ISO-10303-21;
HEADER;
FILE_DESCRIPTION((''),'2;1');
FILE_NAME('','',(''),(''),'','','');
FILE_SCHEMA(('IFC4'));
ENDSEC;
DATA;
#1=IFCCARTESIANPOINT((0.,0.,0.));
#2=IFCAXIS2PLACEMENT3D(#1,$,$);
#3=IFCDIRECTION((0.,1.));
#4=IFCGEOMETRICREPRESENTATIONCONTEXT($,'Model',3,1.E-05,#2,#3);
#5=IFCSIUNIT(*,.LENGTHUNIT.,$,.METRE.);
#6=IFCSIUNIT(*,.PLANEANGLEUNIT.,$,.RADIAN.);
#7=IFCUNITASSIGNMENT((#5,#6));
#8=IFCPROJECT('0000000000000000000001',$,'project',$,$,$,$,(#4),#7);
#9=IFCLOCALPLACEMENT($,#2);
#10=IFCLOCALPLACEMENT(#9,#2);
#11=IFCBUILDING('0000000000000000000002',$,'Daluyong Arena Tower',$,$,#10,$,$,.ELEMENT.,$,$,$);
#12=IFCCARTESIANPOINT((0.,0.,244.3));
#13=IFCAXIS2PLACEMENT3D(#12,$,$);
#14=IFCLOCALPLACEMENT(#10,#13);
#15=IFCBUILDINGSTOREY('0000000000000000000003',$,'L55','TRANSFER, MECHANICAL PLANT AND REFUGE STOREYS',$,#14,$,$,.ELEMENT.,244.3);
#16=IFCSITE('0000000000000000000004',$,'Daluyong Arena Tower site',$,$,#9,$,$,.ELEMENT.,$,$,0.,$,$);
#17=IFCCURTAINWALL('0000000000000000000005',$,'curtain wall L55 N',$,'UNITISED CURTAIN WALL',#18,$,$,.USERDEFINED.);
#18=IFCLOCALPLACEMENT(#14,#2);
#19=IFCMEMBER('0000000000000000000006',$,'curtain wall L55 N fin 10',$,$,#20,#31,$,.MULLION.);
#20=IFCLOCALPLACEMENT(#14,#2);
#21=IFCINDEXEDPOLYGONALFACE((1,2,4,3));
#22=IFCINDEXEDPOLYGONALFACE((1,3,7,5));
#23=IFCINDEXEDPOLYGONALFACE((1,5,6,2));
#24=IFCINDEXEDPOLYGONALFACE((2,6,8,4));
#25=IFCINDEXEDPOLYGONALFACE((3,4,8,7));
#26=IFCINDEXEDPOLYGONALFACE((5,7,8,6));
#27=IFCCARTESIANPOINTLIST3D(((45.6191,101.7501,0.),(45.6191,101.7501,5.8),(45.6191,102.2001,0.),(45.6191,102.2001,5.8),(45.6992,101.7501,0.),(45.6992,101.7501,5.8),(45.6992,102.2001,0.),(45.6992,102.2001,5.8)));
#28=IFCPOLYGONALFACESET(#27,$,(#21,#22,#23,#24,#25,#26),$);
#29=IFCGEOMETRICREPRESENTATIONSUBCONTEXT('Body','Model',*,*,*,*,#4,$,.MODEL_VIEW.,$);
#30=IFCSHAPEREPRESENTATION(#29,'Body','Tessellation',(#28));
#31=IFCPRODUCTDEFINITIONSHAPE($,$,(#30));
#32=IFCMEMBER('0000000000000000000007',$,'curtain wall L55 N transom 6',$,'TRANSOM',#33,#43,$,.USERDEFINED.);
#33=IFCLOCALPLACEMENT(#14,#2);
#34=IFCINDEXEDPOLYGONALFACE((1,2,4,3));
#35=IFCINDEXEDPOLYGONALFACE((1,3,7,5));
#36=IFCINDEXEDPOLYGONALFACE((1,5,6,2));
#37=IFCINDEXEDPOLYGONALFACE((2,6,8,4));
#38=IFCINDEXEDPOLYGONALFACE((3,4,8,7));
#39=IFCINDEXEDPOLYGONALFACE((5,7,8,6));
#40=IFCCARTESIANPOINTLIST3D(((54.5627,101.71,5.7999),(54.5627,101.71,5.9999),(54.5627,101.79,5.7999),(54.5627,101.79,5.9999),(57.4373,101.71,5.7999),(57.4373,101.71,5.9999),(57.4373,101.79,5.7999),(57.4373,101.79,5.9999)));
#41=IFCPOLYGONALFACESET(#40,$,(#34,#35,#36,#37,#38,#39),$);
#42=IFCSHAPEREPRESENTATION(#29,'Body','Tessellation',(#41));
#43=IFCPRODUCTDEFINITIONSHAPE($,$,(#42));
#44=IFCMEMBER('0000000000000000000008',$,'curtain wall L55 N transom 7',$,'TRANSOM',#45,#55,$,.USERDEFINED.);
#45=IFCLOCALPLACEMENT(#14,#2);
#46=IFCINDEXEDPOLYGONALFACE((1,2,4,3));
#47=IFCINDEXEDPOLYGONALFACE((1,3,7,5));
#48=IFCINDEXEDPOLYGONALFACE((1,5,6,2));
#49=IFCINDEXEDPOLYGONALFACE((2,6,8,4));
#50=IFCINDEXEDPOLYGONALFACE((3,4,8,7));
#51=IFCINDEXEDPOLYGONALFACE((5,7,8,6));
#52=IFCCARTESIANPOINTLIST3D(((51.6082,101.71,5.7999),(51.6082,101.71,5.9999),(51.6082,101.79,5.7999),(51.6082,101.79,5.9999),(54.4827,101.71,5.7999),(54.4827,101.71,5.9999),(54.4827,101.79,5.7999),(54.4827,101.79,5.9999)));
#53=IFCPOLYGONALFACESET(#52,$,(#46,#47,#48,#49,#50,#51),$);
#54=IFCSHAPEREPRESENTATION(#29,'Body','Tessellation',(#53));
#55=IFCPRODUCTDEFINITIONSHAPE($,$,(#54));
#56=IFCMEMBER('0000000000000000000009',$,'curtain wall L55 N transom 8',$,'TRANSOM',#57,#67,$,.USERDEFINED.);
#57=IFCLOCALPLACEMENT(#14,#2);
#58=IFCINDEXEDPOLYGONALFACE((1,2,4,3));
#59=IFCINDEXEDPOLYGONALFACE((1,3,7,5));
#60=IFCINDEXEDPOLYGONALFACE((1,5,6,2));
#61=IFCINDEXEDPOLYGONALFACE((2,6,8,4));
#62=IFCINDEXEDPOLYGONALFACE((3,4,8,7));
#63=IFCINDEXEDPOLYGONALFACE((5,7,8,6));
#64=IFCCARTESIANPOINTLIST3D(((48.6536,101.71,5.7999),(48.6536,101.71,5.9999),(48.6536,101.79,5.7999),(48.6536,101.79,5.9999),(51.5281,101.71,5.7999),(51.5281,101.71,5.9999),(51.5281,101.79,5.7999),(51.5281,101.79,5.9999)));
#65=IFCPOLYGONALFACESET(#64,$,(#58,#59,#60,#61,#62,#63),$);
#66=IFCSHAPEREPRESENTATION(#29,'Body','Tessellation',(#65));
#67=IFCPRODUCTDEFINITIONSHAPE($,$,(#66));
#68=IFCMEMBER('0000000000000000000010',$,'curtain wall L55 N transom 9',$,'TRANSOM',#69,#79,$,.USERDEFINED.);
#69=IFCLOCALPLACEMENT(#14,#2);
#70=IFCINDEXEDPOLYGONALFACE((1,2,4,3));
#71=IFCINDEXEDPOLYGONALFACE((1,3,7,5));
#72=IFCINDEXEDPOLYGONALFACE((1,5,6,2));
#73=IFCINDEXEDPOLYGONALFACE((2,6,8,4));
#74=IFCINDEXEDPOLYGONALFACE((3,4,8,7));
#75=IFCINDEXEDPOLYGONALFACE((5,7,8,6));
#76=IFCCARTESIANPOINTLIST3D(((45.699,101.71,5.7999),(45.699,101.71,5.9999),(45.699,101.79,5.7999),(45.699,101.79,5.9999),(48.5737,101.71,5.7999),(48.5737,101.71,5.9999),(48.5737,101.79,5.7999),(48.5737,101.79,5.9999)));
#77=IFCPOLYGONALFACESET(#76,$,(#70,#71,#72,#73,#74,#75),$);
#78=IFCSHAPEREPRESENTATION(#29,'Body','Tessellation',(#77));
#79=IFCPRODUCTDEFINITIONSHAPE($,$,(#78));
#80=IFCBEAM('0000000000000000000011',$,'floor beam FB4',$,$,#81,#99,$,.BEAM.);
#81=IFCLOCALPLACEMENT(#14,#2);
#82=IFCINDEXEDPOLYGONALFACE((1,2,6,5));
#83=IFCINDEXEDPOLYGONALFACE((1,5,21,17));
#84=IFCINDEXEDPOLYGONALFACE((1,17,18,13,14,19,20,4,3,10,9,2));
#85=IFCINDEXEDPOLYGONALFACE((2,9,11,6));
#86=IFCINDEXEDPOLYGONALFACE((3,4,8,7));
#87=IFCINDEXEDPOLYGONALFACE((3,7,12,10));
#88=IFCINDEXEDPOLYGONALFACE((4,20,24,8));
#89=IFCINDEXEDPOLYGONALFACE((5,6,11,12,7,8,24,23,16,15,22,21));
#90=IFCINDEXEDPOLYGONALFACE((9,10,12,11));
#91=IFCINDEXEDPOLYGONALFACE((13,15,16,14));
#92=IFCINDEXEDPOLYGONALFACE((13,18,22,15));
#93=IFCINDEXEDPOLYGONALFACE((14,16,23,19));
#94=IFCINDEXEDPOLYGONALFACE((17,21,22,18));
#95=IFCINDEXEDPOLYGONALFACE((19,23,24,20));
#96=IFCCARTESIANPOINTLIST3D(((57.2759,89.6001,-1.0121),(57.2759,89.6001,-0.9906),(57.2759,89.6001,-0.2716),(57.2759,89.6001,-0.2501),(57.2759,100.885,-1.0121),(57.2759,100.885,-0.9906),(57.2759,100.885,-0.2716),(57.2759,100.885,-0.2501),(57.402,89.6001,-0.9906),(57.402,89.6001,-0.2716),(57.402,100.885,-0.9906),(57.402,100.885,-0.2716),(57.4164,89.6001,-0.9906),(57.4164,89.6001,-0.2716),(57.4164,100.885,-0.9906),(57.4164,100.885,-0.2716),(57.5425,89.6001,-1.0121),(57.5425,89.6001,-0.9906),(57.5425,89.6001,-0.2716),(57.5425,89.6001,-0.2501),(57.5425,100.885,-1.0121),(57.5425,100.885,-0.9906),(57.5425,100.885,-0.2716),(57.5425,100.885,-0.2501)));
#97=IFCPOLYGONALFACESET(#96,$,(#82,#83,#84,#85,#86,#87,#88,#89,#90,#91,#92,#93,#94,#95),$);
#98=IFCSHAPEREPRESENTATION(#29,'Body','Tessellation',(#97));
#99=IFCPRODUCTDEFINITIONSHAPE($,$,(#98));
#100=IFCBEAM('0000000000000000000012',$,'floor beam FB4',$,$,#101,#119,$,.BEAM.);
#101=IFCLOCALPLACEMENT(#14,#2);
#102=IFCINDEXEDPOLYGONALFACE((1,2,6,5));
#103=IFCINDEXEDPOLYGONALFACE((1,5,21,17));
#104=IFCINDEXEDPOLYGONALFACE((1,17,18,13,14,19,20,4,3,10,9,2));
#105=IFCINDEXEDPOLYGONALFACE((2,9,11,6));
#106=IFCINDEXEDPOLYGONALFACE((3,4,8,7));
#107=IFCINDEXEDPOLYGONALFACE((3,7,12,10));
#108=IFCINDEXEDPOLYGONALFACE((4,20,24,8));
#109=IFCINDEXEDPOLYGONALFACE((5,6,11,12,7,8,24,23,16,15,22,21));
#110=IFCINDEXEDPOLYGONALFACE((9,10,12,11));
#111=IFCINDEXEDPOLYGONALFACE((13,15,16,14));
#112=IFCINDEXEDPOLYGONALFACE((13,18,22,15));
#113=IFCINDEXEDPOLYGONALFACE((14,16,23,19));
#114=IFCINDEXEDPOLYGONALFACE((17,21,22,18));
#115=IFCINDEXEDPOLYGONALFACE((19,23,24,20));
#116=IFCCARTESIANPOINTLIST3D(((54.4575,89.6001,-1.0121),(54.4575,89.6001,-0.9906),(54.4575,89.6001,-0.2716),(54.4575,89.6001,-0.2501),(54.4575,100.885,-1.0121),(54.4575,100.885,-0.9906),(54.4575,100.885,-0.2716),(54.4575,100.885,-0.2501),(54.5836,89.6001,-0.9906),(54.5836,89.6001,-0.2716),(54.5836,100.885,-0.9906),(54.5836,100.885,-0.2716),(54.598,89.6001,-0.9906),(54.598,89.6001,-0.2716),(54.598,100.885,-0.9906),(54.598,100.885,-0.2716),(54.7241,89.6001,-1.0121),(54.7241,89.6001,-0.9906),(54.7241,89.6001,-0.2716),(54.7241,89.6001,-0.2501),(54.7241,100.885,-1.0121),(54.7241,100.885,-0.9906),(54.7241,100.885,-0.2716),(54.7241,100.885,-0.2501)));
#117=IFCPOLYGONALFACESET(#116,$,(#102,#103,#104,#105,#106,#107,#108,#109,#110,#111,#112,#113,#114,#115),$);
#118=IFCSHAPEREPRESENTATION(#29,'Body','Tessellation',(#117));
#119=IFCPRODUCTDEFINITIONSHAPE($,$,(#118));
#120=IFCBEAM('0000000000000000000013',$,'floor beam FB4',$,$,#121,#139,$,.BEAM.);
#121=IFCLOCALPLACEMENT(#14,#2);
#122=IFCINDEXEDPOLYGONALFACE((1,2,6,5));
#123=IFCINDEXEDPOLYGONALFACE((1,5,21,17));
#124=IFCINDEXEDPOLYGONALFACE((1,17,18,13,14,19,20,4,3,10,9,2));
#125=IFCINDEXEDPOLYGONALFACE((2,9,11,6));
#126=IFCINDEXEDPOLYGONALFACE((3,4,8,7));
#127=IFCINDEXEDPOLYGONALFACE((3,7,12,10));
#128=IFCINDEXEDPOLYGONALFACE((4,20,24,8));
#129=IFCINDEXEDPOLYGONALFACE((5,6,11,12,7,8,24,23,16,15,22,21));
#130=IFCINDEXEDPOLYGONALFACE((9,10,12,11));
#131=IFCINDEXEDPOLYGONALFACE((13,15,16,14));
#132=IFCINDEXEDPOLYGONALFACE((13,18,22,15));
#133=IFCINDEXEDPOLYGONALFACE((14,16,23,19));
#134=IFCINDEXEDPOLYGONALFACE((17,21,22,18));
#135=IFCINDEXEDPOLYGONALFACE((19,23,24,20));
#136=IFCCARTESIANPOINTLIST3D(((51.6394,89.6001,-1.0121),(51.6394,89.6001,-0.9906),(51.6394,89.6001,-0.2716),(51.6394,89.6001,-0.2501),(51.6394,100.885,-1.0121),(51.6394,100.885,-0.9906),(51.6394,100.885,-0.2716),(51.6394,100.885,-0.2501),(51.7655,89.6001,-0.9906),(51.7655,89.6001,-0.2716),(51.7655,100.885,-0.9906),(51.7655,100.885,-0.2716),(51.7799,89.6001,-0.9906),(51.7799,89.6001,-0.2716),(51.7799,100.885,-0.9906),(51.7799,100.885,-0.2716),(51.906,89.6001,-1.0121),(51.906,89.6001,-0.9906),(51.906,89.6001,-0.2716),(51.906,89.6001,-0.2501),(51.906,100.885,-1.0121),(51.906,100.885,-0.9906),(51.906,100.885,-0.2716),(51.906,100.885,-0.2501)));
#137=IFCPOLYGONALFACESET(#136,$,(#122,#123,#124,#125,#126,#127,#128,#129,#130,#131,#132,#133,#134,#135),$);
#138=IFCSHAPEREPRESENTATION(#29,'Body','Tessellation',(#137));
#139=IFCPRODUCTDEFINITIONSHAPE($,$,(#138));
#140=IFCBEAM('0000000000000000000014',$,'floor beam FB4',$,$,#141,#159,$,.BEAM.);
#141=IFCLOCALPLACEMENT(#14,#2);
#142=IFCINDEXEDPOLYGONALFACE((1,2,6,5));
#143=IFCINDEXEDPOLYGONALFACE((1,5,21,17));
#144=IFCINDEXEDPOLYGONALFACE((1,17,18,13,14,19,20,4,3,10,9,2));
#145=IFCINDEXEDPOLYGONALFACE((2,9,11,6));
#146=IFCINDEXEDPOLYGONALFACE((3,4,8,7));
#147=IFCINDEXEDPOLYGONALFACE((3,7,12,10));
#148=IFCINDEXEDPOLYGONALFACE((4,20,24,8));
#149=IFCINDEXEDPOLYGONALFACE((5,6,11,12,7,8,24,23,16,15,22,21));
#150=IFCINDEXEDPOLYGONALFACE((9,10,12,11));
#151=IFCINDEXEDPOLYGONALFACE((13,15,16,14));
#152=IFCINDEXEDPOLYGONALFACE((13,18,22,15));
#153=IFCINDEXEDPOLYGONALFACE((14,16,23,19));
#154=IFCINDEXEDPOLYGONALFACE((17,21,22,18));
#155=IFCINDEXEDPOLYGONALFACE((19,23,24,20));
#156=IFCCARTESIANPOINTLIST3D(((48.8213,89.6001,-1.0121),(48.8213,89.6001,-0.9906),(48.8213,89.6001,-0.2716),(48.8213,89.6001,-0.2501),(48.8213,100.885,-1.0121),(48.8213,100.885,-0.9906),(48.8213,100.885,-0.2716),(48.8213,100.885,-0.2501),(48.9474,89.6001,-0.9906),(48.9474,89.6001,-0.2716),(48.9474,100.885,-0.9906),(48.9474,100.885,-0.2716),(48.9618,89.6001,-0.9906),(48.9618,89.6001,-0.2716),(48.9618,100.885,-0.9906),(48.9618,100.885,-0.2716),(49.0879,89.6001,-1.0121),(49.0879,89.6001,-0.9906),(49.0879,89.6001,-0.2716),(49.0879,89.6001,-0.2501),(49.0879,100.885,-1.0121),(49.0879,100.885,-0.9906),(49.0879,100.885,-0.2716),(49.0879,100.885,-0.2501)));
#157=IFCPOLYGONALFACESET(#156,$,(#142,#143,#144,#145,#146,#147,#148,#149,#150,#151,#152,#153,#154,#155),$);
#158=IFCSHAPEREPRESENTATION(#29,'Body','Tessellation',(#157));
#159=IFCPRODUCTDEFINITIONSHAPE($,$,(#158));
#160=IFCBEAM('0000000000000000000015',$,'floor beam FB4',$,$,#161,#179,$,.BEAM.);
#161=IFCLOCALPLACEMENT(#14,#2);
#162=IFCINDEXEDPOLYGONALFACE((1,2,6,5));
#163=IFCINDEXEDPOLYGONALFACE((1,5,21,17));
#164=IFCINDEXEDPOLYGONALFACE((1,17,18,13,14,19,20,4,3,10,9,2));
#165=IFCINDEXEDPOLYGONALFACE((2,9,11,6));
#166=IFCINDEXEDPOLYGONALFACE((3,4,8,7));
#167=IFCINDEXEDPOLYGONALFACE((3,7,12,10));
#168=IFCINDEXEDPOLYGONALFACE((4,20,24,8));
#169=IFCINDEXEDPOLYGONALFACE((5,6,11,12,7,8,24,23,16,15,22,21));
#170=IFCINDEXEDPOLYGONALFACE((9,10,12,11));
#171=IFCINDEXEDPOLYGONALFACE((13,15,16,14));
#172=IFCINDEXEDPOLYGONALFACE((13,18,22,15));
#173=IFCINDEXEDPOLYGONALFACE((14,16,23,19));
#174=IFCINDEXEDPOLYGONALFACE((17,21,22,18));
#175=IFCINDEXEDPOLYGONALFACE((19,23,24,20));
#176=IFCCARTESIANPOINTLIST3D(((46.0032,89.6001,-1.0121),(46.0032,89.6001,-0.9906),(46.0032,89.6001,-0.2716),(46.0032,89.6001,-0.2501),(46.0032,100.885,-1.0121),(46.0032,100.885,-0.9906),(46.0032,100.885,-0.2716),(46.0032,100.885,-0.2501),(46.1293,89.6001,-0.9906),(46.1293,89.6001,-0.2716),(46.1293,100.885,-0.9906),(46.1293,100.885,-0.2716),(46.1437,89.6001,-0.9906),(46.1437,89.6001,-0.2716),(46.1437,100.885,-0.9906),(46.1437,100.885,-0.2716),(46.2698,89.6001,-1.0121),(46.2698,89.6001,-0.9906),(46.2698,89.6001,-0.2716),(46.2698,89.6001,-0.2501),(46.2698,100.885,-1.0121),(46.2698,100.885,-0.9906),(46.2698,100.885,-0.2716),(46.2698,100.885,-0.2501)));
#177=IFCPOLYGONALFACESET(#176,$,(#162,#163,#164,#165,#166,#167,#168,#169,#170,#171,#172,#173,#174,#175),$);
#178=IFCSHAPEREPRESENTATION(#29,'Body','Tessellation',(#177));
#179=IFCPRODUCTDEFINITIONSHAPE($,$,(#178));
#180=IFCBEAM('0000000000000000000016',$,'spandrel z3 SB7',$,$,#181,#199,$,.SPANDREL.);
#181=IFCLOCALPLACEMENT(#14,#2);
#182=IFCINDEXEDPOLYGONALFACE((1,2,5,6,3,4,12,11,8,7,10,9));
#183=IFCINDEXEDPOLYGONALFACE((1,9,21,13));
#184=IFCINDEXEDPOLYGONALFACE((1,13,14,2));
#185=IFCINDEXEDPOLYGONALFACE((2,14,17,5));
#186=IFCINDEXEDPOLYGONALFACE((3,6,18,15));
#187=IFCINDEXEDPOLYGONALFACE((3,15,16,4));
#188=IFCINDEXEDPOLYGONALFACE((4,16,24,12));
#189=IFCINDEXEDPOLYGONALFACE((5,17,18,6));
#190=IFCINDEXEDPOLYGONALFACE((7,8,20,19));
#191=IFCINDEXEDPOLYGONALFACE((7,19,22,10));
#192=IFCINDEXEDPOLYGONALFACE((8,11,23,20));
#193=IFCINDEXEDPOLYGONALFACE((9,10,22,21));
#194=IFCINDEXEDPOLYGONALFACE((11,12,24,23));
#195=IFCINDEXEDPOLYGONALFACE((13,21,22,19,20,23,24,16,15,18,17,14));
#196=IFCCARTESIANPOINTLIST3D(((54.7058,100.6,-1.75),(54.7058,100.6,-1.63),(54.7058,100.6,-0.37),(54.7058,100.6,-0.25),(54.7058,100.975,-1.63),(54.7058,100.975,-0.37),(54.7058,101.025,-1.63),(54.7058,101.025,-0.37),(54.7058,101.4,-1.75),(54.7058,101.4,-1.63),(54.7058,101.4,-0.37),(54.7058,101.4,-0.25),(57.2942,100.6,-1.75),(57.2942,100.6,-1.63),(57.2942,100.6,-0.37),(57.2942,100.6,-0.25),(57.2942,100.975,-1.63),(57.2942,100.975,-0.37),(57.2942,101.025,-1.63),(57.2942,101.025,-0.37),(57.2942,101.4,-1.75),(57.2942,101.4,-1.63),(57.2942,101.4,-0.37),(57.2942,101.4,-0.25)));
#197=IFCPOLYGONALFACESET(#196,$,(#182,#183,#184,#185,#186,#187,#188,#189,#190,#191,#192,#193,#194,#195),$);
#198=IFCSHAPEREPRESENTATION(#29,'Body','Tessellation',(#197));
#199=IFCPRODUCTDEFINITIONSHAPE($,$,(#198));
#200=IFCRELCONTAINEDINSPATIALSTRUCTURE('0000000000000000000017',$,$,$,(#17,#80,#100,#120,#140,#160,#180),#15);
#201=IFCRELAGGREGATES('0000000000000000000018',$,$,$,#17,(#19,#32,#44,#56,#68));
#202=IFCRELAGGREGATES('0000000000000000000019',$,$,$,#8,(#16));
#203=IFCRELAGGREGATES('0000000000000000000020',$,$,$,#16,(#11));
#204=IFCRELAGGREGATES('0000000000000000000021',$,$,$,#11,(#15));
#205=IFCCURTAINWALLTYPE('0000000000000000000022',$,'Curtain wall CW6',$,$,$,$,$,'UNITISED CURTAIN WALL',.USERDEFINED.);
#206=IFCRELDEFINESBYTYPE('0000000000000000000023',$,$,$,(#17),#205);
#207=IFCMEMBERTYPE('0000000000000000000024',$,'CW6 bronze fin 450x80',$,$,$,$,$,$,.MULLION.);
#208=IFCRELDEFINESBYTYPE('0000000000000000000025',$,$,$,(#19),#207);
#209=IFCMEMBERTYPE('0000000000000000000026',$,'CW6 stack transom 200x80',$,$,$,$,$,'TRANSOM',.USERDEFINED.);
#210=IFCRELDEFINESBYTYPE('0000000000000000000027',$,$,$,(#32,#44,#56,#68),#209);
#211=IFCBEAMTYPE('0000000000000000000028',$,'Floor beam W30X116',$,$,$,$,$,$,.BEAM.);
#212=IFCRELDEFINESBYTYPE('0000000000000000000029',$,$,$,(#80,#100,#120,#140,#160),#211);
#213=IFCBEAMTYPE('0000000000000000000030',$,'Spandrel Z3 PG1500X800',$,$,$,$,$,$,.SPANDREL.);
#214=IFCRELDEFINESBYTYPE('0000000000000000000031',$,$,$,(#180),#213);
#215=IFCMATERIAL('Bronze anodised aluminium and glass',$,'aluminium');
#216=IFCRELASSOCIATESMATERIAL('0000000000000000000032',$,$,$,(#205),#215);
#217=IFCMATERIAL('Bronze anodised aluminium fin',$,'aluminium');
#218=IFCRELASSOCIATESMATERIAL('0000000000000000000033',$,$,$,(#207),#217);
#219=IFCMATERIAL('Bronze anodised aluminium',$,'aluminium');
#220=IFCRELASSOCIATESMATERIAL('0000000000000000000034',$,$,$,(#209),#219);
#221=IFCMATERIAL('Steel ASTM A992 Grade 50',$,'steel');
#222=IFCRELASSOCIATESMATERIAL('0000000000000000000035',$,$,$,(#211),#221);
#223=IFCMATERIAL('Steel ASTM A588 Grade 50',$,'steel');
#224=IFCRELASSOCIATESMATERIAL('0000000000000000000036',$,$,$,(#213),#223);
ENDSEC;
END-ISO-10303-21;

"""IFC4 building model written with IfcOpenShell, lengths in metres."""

from ifc_helpers import new_model, si_unit, direction, frame, origin, origin_2d, place, context, subcontext, project, spatial, rectangle, i_section, extrude, material, material_profile, profile_set, type_object, element, aggregate, save


model = new_model("IFC4")

# Units and contexts
model_context = context("Model", 3, precision=1e-05, world=origin(), true_north=direction((0.0, 1.0)))
body_context = subcontext(model_context, "Body", "Model", "MODEL_VIEW")
ifc_project = project(units=[si_unit("LENGTHUNIT", "METRE"), si_unit("PLANEANGLEUNIT", "RADIAN")], contexts=[model_context])

# Site, building, storey
site_placement = place(None, origin())
site = spatial("IfcSite", under=ifc_project, at=site_placement, Name="Daluyong Arena Tower site", CompositionType="ELEMENT", RefElevation=0.0)
building_placement = place(site_placement, origin())
building = spatial("IfcBuilding", under=site, at=building_placement, Name="Daluyong Arena Tower", CompositionType="ELEMENT")
storey_placement = place(building_placement, frame((0.0, 0.0, 244.3)))
storey = spatial("IfcBuildingStorey", under=building, at=storey_placement, Name="L55", Description="TRANSFER, MECHANICAL PLANT AND REFUGE STOREYS", CompositionType="ELEMENT", Elevation=244.3)

# Curtain wall, members
ifc_material_1 = material(Name="Bronze anodised aluminium and glass", Category="aluminium")
curtain_wall_type = type_object("IfcCurtainWallType", Name="Curtain wall CW6", ElementType="UNITISED CURTAIN WALL", PredefinedType="USERDEFINED", material=ifc_material_1)
curtain_wall_placement = place(storey_placement, origin())
curtain_wall = element("IfcCurtainWall", 1, at=curtain_wall_placement, inside=storey, type_object=curtain_wall_type, Name="curtain wall L55 N", ObjectType="UNITISED CURTAIN WALL", PredefinedType="USERDEFINED")
ifc_material_2 = material(Name="Bronze anodised aluminium fin", Category="aluminium")
ifc_material_profile_1 = material_profile(ifc_material_2, rectangle(XDim=0.45, YDim=0.0801, at=origin_2d()))
ifc_profile_set_1 = profile_set([ifc_material_profile_1], Name="Bronze anodised aluminium fin")
member_type_1 = type_object("IfcMemberType", Name="CW6 bronze fin 450x80", PredefinedType="MULLION", material=ifc_profile_set_1)
member_1_placement = place(storey_placement, frame((45.6592, 101.9751, 0.0), z_axis=(0.0, 0.0, 1.0), x_axis=(0.0, -1.0, 0.0)))
member_1 = element("IfcMember", 2, at=member_1_placement, type_object=member_type_1, Name="curtain wall L55 N fin 10", PredefinedType="MULLION", context=body_context, shape_type="SweptSolid", body=[
    extrude(rectangle(XDim=0.45, YDim=0.0801, at=origin_2d()), origin(), (0.0, 0.0, 1.0), 5.8),
])
ifc_material_3 = material(Name="Bronze anodised aluminium", Category="aluminium")
ifc_material_profile_2 = material_profile(ifc_material_3, rectangle(XDim=0.0801, YDim=0.2, at=origin_2d()))
ifc_profile_set_2 = profile_set([ifc_material_profile_2], Name="Bronze anodised aluminium")
member_type_2 = type_object("IfcMemberType", Name="CW6 stack transom 200x80", ElementType="TRANSOM", PredefinedType="USERDEFINED", material=ifc_profile_set_2)
member_2_placement = place(storey_placement, frame((57.4373, 101.75, 5.8999), z_axis=(-1.0, 0.0, 0.0), x_axis=(0.0, -1.0, 0.0)))
member_2 = element("IfcMember", 3, at=member_2_placement, type_object=member_type_2, Name="curtain wall L55 N transom 6", ObjectType="TRANSOM", PredefinedType="USERDEFINED", context=body_context, shape_type="SweptSolid", body=[
    extrude(rectangle(XDim=0.0801, YDim=0.2, at=origin_2d()), origin(), (0.0, 0.0, 1.0), 2.8745),
])
member_3_placement = place(storey_placement, frame((54.4827, 101.75, 5.8999), z_axis=(-1.0, 0.0, 0.0), x_axis=(0.0, -1.0, 0.0)))
member_3 = element("IfcMember", 4, at=member_3_placement, type_object=member_type_2, Name="curtain wall L55 N transom 7", ObjectType="TRANSOM", PredefinedType="USERDEFINED", context=body_context, shape_type="SweptSolid", body=[
    extrude(rectangle(XDim=0.0801, YDim=0.2, at=origin_2d()), origin(), (0.0, 0.0, 1.0), 2.8745),
])
member_4_placement = place(storey_placement, frame((51.5281, 101.75, 5.8999), z_axis=(-1.0, 0.0, 0.0), x_axis=(0.0, -1.0, 0.0)))
member_4 = element("IfcMember", 5, at=member_4_placement, type_object=member_type_2, Name="curtain wall L55 N transom 8", ObjectType="TRANSOM", PredefinedType="USERDEFINED", context=body_context, shape_type="SweptSolid", body=[
    extrude(rectangle(XDim=0.0801, YDim=0.2, at=origin_2d()), origin(), (0.0, 0.0, 1.0), 2.8745),
])
member_5_placement = place(storey_placement, frame((48.5737, 101.75, 5.8999), z_axis=(-1.0, 0.0, 0.0), x_axis=(0.0, -1.0, 0.0)))
member_5 = element("IfcMember", 6, at=member_5_placement, type_object=member_type_2, Name="curtain wall L55 N transom 9", ObjectType="TRANSOM", PredefinedType="USERDEFINED", context=body_context, shape_type="SweptSolid", body=[
    extrude(rectangle(XDim=0.0801, YDim=0.2, at=origin_2d()), origin(), (0.0, 0.0, 1.0), 2.8748),
])

# Beams
ifc_material_4 = material(Name="Steel ASTM A992 Grade 50", Category="steel")
ifc_material_profile_3 = material_profile(ifc_material_4, i_section(OverallWidth=0.2666, OverallDepth=0.762, WebThickness=0.0144, FlangeThickness=0.0215, at=origin_2d()))
ifc_profile_set_3 = profile_set([ifc_material_profile_3], Name="Steel ASTM A992 Grade 50")
beam_type_1 = type_object("IfcBeamType", Name="Floor beam W30X116", PredefinedType="BEAM", material=ifc_profile_set_3)
for number, where, z_axis, x_axis, name in (
    (7, (57.4092, 100.885, -0.6311), (0.0, -1.0, 0.0), (1.0, 0.0, 0.0), "floor beam FB4"),
    (8, (54.5908, 100.885, -0.6311), (0.0, -1.0, 0.0), (1.0, 0.0, 0.0), "floor beam FB4"),
    (9, (51.7727, 100.885, -0.6311), (0.0, -1.0, 0.0), (1.0, 0.0, 0.0), "floor beam FB4"),
    (10, (48.9546, 100.885, -0.6311), (0.0, -1.0, 0.0), (1.0, 0.0, 0.0), "floor beam FB4"),
    (11, (46.1365, 100.885, -0.6311), (0.0, -1.0, 0.0), (1.0, 0.0, 0.0), "floor beam FB4"),
):
    element("IfcBeam", number, at=place(storey_placement, frame(where, z_axis=z_axis, x_axis=x_axis)), inside=storey, type_object=beam_type_1, Name=name, PredefinedType="BEAM", context=body_context, shape_type="SweptSolid", body=[
        extrude(i_section(OverallWidth=0.2666, OverallDepth=0.762, WebThickness=0.0144, FlangeThickness=0.0215, at=origin_2d()), origin(), (0.0, 0.0, 1.0), 11.2849),
    ])
ifc_material_5 = material(Name="Steel ASTM A588 Grade 50", Category="steel")
ifc_material_profile_4 = material_profile(ifc_material_5, i_section(OverallWidth=0.8, OverallDepth=1.5, WebThickness=0.05, FlangeThickness=0.12, at=origin_2d()))
ifc_profile_set_4 = profile_set([ifc_material_profile_4], Name="Steel ASTM A588 Grade 50")
beam_type_2 = type_object("IfcBeamType", Name="Spandrel Z3 PG1500X800", PredefinedType="SPANDREL", material=ifc_profile_set_4)
beam_1_placement = place(storey_placement, frame((57.2942, 101.0, -1.0), z_axis=(-1.0, 0.0, 0.0), x_axis=(0.0, -1.0, 0.0)))
element("IfcBeam", 12, at=beam_1_placement, inside=storey, type_object=beam_type_2, Name="spandrel z3 SB7", PredefinedType="SPANDREL", context=body_context, shape_type="SweptSolid", body=[
    extrude(i_section(OverallWidth=0.8, OverallDepth=1.5, WebThickness=0.05, FlangeThickness=0.12, at=origin_2d()), origin(), (0.0, 0.0, 1.0), 2.5884),
])

aggregate(curtain_wall, [member_1, member_2, member_3, member_4, member_5])

save(model, "model.ifc")
